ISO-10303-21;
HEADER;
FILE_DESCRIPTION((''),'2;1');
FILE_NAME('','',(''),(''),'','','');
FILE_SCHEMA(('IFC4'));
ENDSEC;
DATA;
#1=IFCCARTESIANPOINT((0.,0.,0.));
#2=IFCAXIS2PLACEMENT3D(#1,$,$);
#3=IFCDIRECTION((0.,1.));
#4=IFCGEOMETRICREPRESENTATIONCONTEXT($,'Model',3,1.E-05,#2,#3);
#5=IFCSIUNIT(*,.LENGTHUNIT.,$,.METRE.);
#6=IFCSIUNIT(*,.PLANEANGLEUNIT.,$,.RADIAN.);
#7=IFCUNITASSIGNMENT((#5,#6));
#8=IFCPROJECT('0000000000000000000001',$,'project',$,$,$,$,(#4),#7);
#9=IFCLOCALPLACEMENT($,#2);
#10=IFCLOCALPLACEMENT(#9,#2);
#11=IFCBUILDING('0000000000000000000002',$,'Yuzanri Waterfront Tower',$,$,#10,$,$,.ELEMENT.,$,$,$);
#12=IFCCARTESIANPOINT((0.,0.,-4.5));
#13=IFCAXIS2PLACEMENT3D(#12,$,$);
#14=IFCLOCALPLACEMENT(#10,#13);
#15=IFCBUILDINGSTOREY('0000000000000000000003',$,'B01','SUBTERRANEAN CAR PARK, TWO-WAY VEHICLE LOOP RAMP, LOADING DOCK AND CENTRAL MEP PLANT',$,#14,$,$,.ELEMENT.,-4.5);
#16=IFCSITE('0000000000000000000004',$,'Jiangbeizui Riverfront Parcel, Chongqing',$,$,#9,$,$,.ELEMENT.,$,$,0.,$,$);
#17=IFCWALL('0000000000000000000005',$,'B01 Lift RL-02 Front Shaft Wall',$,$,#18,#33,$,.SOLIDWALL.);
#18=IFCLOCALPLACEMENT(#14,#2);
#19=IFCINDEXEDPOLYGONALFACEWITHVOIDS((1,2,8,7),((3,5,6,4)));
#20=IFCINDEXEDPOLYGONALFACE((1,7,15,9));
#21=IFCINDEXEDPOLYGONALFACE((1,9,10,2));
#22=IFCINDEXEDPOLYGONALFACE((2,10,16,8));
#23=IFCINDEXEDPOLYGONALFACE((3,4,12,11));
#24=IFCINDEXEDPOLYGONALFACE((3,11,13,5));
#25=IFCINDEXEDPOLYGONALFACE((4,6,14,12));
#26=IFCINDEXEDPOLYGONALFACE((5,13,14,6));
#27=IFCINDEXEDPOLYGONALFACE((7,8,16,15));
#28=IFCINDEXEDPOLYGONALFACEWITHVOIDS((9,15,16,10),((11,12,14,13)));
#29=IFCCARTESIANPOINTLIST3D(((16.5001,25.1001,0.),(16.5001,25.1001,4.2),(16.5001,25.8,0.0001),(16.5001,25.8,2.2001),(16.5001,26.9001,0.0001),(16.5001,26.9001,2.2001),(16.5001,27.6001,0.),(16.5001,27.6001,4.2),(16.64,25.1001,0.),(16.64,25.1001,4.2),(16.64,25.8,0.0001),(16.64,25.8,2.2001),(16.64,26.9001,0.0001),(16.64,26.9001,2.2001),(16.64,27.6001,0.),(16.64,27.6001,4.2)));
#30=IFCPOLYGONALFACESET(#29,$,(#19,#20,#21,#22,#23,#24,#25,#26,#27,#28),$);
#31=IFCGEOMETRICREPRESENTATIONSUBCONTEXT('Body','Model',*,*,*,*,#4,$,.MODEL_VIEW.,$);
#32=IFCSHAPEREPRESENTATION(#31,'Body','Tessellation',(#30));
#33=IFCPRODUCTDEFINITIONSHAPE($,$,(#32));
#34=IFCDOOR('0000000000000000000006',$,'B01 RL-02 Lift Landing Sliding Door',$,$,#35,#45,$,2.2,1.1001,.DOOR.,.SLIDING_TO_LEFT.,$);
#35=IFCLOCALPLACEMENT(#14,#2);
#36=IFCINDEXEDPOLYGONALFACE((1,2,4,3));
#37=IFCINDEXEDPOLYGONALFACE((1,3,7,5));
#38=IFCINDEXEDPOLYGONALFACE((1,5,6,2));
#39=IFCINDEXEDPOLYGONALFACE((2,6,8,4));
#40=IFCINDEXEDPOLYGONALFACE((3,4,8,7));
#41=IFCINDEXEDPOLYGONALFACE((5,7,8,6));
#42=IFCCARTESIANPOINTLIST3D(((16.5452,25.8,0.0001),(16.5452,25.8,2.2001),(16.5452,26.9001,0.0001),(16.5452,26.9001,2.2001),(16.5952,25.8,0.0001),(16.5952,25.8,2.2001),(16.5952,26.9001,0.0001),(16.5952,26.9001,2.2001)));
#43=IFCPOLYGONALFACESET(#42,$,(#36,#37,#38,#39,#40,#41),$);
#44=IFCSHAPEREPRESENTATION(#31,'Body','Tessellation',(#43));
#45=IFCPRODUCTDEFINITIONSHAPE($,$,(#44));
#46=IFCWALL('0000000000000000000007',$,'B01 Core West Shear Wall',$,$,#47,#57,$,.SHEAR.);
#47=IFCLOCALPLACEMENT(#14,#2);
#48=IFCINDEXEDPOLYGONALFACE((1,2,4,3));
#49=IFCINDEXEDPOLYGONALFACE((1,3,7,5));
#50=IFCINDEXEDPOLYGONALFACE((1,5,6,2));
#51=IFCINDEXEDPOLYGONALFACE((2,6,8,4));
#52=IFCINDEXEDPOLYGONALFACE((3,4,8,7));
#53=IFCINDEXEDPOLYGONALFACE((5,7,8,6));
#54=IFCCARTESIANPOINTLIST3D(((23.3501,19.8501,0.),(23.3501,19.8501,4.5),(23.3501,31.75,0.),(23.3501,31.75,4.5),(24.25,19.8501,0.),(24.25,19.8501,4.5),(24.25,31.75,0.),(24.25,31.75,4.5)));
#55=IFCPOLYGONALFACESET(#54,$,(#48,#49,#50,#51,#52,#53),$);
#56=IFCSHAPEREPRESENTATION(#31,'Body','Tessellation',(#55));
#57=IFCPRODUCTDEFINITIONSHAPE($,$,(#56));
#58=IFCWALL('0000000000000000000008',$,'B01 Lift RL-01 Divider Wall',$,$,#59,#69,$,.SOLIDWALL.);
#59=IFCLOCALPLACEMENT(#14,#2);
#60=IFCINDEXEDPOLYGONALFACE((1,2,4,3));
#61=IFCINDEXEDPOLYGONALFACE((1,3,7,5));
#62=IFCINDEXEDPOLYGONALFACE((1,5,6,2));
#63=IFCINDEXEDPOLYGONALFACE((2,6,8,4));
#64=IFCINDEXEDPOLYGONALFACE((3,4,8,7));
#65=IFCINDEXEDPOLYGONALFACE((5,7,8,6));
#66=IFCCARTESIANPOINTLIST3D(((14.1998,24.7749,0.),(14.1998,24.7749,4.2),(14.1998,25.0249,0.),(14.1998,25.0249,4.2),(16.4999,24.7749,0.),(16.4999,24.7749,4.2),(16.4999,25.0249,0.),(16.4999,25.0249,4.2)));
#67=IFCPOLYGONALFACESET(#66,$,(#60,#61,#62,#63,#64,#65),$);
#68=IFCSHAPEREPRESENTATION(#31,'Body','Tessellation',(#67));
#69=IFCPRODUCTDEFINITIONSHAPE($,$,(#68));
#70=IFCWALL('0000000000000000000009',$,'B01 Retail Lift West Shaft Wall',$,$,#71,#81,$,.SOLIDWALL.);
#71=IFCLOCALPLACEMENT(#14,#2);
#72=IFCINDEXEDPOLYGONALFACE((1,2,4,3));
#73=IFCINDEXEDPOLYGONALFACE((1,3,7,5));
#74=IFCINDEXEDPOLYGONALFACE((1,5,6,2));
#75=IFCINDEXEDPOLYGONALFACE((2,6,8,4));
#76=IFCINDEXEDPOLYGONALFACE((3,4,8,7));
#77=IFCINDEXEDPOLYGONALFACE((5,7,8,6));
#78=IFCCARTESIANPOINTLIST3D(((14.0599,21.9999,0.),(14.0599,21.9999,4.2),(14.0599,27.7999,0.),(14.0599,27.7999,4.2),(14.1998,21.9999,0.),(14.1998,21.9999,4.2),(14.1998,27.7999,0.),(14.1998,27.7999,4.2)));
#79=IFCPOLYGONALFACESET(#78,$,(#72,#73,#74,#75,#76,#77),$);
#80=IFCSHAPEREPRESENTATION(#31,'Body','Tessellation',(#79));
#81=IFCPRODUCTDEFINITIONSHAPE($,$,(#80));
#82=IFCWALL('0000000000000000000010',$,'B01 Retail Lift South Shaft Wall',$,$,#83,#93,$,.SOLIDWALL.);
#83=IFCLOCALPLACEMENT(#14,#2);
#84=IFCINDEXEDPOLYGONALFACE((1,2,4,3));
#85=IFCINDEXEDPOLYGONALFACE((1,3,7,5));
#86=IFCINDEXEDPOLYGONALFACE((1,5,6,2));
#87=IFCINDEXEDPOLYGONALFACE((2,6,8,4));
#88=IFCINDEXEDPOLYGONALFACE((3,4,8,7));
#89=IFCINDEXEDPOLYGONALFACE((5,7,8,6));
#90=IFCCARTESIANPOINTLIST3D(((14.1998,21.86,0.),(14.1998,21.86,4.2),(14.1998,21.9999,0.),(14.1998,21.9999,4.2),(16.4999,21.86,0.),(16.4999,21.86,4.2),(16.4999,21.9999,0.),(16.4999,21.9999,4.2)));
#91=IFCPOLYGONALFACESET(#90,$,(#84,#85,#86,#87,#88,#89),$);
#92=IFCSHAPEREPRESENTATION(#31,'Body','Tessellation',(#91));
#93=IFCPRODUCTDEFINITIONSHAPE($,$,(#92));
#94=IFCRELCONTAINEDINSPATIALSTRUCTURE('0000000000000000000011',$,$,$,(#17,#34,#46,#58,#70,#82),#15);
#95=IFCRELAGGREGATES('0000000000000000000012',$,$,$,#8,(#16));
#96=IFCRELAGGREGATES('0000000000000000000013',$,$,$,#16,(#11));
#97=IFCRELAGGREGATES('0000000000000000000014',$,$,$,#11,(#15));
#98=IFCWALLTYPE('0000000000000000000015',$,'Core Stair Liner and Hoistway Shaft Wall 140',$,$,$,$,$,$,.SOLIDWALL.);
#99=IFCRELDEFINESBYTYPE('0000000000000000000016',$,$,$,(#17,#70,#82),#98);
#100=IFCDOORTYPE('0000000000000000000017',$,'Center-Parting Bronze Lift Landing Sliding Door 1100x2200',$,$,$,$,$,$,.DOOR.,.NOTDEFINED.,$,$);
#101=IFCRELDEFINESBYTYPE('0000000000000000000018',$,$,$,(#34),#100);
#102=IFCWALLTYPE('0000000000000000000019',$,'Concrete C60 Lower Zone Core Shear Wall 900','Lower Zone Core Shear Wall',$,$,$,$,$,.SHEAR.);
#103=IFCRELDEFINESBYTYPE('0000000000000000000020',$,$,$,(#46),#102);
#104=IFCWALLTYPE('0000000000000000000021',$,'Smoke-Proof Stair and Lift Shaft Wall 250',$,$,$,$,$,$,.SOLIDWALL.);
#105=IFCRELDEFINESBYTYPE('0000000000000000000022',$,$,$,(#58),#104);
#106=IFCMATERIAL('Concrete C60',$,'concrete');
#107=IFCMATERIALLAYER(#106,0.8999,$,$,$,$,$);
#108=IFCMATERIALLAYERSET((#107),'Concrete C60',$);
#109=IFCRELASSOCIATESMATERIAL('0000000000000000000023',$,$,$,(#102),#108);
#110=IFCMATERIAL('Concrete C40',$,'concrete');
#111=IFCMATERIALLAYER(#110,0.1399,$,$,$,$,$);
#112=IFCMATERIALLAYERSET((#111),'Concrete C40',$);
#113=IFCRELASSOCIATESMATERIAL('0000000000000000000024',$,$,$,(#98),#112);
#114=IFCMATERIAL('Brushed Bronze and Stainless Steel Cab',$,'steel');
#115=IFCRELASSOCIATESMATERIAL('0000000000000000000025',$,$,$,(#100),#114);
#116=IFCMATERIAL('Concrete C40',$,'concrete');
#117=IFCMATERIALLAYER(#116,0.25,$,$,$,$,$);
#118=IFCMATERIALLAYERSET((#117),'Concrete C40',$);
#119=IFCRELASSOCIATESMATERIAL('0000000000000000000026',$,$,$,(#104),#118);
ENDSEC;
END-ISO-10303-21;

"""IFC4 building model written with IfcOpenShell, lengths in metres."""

from ifc_helpers import new_model, si_unit, direction, frame, frame_2d, origin, place, context, subcontext, project, spatial, rectangle, extrude, source, transform, mapped, material, layer, layer_set, type_object, element, fill, save


model = new_model("IFC4")

# Units and contexts
model_context = context("Model", 3, precision=1e-05, world=origin(), true_north=direction((0.0, 1.0)))
body_context = subcontext(model_context, "Body", "Model", "MODEL_VIEW")
ifc_project = project(units=[si_unit("LENGTHUNIT", "METRE"), si_unit("PLANEANGLEUNIT", "RADIAN")], contexts=[model_context])

# Site, building, storey
site_placement = place(None, origin())
site = spatial("IfcSite", under=ifc_project, at=site_placement, Name="Jiangbeizui Riverfront Parcel, Chongqing", CompositionType="ELEMENT", RefElevation=0.0)
building_placement = place(site_placement, origin())
building = spatial("IfcBuilding", under=site, at=building_placement, Name="Yuzanri Waterfront Tower", CompositionType="ELEMENT")
storey_placement = place(building_placement, frame((0.0, 0.0, -4.5)))
storey = spatial("IfcBuildingStorey", under=building, at=storey_placement, Name="B01", Description="SUBTERRANEAN CAR PARK, TWO-WAY VEHICLE LOOP RAMP, LOADING DOCK AND CENTRAL MEP PLANT", CompositionType="ELEMENT", Elevation=-4.5)

# Shared definitions
ifc_material_1 = material(Name="Concrete C60", Category="concrete")
ifc_layer_1 = layer(ifc_material_1, 0.8999)
ifc_layer_set_1 = layer_set([ifc_layer_1], Name="Concrete C60")
wall_type_1 = type_object("IfcWallType", Name="Concrete C60 Lower Zone Core Shear Wall 900", Description="Lower Zone Core Shear Wall", PredefinedType="SHEAR", material=ifc_layer_set_1)

# Wall, opening, door
ifc_material_2 = material(Name="Concrete C40", Category="concrete")
ifc_layer_2 = layer(ifc_material_2, 0.1399)
ifc_layer_set_2 = layer_set([ifc_layer_2], Name="Concrete C40")
wall_type_2 = type_object("IfcWallType", Name="Core Stair Liner and Hoistway Shaft Wall 140", PredefinedType="SOLIDWALL", material=ifc_layer_set_2)
ifc_material_3 = material(Name="Brushed Bronze and Stainless Steel Cab", Category="steel")
door_type_1 = type_object("IfcDoorType", Name="Center-Parting Bronze Lift Landing Sliding Door 1100x2200", OperationType="NOTDEFINED", PredefinedType="DOOR", material=ifc_material_3)
shared_shape_1 = source(origin(), body_context, "Body", "SweptSolid", [
    extrude(rectangle(XDim=1.1001, YDim=2.2, at=frame_2d((0.55, 1.1001))), frame((0.0, 0.0249, 0.0), z_axis=(0.0, -1.0, 0.0), x_axis=(1.0, 0.0, 0.0)), (0.0, 0.0, 1.0), 0.05),
])
wall_1_placement = place(storey_placement, frame((16.5701, 25.1001, 0.0), z_axis=(0.0, 0.0, 1.0), x_axis=(0.0, 1.0, 0.0)))
wall_1 = element("IfcWall", 1, at=wall_1_placement, inside=storey, type_object=wall_type_2, Name="B01 Lift RL-02 Front Shaft Wall", PredefinedType="SOLIDWALL", context=body_context, shape_type="SweptSolid", body=[
    extrude(rectangle(XDim=2.5, YDim=0.1399, at=frame_2d((1.25, 0.0))), origin(), (0.0, 0.0, 1.0), 4.2),
])
opening_1_placement = place(wall_1_placement, frame((0.7, 0.0, 0.0)))
opening_1 = element("IfcOpeningElement", 2, at=opening_1_placement, cuts=wall_1, PredefinedType="OPENING", context=body_context, shape_type="SweptSolid", body=[
    extrude(rectangle(XDim=1.1001, YDim=2.2, at=frame_2d((0.55, 1.1001))), frame((0.0, 0.085, 0.0), z_axis=(0.0, -1.0, 0.0), x_axis=(1.0, 0.0, 0.0)), (0.0, 0.0, 1.0), 0.1697),
])
door_1_placement = place(opening_1_placement, origin())
door_1 = element("IfcDoor", 3, at=door_1_placement, inside=storey, type_object=door_type_1, Name="B01 RL-02 Lift Landing Sliding Door", OperationType="SLIDING_TO_LEFT", OverallHeight=2.2, OverallWidth=1.1001, PredefinedType="DOOR", context=body_context, shape_type="MappedRepresentation", body=[
    mapped(shared_shape_1, transform((0.0, 0.0, 0.0), scale=1.0)),
])
fill(opening_1, door_1)

# Walls
shared_shape_2 = source(origin(), body_context, "Body", "SweptSolid", [
    extrude(rectangle(XDim=11.8999, YDim=0.8999, at=frame_2d((5.95, 0.0))), origin(), (0.0, 0.0, 1.0), 4.5),
])
wall_2_placement = place(storey_placement, frame((23.8, 19.8501, 0.0), z_axis=(0.0, 0.0, 1.0), x_axis=(0.0, 1.0, 0.0)))
element("IfcWall", 4, at=wall_2_placement, inside=storey, type_object=wall_type_1, Name="B01 Core West Shear Wall", PredefinedType="SHEAR", context=body_context, shape_type="MappedRepresentation", body=[
    mapped(shared_shape_2, transform((0.0, 0.0, 0.0), scale=1.0)),
])
ifc_material_4 = material(Name="Concrete C40", Category="concrete")
ifc_layer_3 = layer(ifc_material_4, 0.25)
ifc_layer_set_3 = layer_set([ifc_layer_3], Name="Concrete C40")
wall_type_3 = type_object("IfcWallType", Name="Smoke-Proof Stair and Lift Shaft Wall 250", PredefinedType="SOLIDWALL", material=ifc_layer_set_3)
shared_shape_3 = source(origin(), body_context, "Body", "SweptSolid", [
    extrude(rectangle(XDim=2.3, YDim=0.25, at=frame_2d((1.1499, 0.0))), origin(), (0.0, 0.0, 1.0), 4.2),
])
wall_3_placement = place(storey_placement, frame((14.2, 24.8999, 0.0), z_axis=(0.0, 0.0, 1.0), x_axis=(1.0, 0.0, 0.0)))
element("IfcWall", 5, at=wall_3_placement, inside=storey, type_object=wall_type_3, Name="B01 Lift RL-01 Divider Wall", PredefinedType="SOLIDWALL", context=body_context, shape_type="MappedRepresentation", body=[
    mapped(shared_shape_3, transform((0.0, 0.0, 0.0), scale=1.0)),
])
shared_shape_4 = source(origin(), body_context, "Body", "SweptSolid", [
    extrude(rectangle(XDim=5.8, YDim=0.1399, at=frame_2d((2.8999, 0.0))), origin(), (0.0, 0.0, 1.0), 4.2),
])
wall_4_placement = place(storey_placement, frame((14.1299, 22.0, 0.0), z_axis=(0.0, 0.0, 1.0), x_axis=(0.0, 1.0, 0.0)))
element("IfcWall", 6, at=wall_4_placement, inside=storey, type_object=wall_type_2, Name="B01 Retail Lift West Shaft Wall", PredefinedType="SOLIDWALL", context=body_context, shape_type="MappedRepresentation", body=[
    mapped(shared_shape_4, transform((0.0, 0.0, 0.0), scale=1.0)),
])
shared_shape_5 = source(origin(), body_context, "Body", "SweptSolid", [
    extrude(rectangle(XDim=2.3, YDim=0.1399, at=frame_2d((1.1499, 0.0))), origin(), (0.0, 0.0, 1.0), 4.2),
])
wall_5_placement = place(storey_placement, frame((14.2, 21.9299, 0.0), z_axis=(0.0, 0.0, 1.0), x_axis=(1.0, 0.0, 0.0)))
element("IfcWall", 7, at=wall_5_placement, inside=storey, type_object=wall_type_2, Name="B01 Retail Lift South Shaft Wall", PredefinedType="SOLIDWALL", context=body_context, shape_type="MappedRepresentation", body=[
    mapped(shared_shape_5, transform((0.0, 0.0, 0.0), scale=1.0)),
])

save(model, "model.ifc")
